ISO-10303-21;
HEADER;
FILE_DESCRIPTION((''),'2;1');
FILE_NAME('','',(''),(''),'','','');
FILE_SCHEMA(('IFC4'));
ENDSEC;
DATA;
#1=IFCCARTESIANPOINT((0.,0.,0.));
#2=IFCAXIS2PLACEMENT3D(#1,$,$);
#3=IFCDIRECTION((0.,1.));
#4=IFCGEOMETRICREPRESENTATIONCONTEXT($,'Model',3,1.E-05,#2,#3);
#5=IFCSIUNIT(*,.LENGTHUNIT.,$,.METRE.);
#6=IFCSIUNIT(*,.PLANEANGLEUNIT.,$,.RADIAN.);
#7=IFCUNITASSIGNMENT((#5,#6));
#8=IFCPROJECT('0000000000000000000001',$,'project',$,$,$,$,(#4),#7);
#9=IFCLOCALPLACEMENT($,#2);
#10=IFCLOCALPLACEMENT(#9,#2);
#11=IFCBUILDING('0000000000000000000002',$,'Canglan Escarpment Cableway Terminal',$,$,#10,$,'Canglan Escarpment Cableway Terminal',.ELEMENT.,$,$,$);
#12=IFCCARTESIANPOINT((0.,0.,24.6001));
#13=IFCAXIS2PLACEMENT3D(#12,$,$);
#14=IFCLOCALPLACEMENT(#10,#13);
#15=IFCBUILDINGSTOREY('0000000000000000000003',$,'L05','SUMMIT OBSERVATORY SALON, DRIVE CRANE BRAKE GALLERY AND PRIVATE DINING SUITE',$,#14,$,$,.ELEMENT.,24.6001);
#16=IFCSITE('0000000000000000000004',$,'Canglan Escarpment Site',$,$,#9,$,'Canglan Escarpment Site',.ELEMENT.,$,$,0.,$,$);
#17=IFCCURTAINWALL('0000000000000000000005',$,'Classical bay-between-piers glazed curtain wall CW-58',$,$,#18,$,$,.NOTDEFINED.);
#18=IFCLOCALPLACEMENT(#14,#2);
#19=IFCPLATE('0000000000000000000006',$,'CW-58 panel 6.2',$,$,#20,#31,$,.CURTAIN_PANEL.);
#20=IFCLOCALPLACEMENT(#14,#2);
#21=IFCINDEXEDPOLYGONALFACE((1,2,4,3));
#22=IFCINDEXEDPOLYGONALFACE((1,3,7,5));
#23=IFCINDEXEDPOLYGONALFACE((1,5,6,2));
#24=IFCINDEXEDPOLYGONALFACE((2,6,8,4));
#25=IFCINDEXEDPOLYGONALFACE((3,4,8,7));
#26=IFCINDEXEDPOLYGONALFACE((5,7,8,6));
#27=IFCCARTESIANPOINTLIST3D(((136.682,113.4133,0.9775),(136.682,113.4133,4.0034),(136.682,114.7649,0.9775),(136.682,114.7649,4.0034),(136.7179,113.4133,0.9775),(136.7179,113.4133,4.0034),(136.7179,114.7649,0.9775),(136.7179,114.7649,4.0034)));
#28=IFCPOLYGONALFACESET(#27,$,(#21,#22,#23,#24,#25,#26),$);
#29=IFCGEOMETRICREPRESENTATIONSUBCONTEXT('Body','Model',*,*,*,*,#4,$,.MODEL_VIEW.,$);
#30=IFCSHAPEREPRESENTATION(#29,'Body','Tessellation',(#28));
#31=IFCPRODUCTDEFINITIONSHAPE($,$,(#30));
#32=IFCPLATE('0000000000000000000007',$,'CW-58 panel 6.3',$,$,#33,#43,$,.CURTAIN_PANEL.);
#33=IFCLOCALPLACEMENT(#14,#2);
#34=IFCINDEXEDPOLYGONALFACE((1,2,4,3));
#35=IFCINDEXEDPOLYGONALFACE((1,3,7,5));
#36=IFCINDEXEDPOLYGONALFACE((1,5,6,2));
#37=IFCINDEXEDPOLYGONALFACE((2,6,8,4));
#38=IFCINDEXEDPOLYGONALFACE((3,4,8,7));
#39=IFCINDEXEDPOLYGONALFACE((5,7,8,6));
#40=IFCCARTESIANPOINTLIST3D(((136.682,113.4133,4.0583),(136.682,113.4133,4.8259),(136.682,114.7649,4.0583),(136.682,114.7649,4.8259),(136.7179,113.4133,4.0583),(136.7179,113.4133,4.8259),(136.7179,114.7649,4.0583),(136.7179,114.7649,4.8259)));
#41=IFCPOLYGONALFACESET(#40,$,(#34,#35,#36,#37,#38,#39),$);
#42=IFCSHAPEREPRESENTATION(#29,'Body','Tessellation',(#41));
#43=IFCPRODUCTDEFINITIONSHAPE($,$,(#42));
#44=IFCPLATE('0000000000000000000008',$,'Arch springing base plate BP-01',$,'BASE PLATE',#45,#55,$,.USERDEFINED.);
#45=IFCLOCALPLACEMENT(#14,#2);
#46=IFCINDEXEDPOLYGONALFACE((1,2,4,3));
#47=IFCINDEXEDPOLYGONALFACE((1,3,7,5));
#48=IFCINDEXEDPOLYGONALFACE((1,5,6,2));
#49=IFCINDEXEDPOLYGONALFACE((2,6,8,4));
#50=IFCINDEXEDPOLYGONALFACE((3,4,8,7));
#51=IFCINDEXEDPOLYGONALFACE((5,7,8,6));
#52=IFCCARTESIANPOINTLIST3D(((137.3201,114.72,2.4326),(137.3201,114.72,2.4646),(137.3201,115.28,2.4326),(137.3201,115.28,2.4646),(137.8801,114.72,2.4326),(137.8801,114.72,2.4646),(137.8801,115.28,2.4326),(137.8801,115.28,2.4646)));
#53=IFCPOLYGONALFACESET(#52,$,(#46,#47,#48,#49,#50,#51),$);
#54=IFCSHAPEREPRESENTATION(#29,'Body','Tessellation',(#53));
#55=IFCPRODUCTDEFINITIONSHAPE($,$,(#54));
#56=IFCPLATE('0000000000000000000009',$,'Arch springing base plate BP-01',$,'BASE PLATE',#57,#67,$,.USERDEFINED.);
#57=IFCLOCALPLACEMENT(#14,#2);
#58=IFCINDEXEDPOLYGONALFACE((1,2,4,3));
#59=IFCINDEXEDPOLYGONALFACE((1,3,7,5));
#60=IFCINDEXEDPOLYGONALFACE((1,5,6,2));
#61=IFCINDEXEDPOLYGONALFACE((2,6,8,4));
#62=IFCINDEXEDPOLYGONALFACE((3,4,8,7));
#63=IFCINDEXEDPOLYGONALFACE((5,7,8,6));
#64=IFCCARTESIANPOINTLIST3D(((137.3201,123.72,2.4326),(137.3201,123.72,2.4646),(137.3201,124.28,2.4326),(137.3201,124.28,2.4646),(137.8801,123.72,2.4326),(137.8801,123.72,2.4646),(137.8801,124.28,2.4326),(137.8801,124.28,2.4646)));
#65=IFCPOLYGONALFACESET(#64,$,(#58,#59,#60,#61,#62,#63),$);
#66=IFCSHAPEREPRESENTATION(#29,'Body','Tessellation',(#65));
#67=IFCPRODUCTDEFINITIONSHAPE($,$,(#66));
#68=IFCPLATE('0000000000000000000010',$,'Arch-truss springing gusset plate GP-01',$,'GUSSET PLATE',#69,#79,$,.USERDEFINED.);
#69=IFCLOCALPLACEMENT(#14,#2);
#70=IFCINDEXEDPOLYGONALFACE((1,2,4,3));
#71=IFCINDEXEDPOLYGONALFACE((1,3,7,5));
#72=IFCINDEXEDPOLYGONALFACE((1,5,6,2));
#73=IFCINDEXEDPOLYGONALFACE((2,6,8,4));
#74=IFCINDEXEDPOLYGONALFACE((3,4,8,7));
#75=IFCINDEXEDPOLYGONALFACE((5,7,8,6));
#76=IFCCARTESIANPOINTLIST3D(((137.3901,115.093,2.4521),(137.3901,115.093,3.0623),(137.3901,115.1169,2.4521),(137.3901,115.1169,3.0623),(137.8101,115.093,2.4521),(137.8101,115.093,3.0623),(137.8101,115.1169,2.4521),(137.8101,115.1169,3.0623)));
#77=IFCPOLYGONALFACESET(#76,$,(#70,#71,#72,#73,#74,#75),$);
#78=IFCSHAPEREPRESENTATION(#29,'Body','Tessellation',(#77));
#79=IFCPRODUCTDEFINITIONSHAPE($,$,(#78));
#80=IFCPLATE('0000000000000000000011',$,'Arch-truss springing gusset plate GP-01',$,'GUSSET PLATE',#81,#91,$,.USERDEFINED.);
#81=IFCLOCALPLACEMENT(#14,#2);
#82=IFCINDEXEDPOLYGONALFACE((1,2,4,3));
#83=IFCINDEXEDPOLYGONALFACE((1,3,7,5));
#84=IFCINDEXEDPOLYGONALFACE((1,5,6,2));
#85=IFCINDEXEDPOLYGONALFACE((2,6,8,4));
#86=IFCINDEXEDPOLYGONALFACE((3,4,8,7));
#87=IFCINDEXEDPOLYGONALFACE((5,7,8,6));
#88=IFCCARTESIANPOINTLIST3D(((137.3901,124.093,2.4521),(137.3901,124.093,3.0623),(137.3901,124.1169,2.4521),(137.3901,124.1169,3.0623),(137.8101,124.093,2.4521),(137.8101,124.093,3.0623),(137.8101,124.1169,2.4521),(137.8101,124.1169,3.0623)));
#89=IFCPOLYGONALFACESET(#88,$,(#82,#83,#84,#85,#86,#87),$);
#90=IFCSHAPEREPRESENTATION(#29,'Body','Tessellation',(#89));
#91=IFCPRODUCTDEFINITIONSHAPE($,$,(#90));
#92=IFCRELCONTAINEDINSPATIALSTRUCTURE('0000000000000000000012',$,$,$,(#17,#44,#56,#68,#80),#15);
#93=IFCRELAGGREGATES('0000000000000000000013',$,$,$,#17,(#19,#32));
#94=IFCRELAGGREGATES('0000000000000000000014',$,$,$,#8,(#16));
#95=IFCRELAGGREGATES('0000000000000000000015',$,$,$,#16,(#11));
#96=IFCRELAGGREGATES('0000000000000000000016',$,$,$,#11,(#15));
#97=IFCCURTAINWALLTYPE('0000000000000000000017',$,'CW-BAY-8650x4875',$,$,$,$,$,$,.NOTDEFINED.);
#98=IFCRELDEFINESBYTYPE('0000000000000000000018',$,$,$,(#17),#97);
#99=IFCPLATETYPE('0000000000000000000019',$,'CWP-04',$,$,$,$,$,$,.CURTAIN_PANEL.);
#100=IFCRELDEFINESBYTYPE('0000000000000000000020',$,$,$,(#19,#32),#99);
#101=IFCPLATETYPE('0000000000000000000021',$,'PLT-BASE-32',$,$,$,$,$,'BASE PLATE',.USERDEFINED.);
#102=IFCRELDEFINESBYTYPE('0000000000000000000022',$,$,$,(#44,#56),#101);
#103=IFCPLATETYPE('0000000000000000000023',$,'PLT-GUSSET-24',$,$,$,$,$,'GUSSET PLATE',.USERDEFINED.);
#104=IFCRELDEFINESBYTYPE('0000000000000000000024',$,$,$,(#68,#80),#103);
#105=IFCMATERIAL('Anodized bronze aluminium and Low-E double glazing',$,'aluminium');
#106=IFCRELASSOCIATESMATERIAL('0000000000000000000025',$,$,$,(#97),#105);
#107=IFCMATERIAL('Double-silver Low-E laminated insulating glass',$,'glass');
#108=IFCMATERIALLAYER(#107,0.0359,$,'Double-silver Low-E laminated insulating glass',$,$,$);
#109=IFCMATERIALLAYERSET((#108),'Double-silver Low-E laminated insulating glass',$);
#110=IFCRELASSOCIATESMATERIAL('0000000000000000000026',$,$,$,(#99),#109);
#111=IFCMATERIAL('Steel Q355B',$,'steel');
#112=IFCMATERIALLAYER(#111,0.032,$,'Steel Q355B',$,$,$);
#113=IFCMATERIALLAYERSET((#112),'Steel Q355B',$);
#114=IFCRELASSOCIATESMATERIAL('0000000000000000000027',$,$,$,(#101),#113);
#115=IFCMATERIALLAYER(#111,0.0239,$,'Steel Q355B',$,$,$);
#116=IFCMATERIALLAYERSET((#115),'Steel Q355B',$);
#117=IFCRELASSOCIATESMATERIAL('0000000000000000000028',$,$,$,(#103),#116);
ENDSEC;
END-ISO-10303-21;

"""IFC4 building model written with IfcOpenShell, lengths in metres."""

from ifc_helpers import new_model, si_unit, direction, frame, origin, origin_2d, place, context, subcontext, project, spatial, rectangle, extrude, material, layer, layer_set, type_object, element, aggregate, save


model = new_model("IFC4")

# Units and contexts
model_context = context("Model", 3, precision=1e-05, world=origin(), true_north=direction((0.0, 1.0)))
body_context = subcontext(model_context, "Body", "Model", "MODEL_VIEW")
ifc_project = project(units=[si_unit("LENGTHUNIT", "METRE"), si_unit("PLANEANGLEUNIT", "RADIAN")], contexts=[model_context])

# Site, building, storey
site_placement = place(None, origin())
site = spatial("IfcSite", under=ifc_project, at=site_placement, Name="Canglan Escarpment Site", LongName="Canglan Escarpment Site", CompositionType="ELEMENT", RefElevation=0.0)
building_placement = place(site_placement, origin())
building = spatial("IfcBuilding", under=site, at=building_placement, Name="Canglan Escarpment Cableway Terminal", LongName="Canglan Escarpment Cableway Terminal", CompositionType="ELEMENT")
storey_placement = place(building_placement, frame((0.0, 0.0, 24.6001)))
storey = spatial("IfcBuildingStorey", under=building, at=storey_placement, Name="L05", Description="SUMMIT OBSERVATORY SALON, DRIVE CRANE BRAKE GALLERY AND PRIVATE DINING SUITE", CompositionType="ELEMENT", Elevation=24.6001)

# Shared definitions
ifc_material_1 = material(Name="Steel Q355B", Category="steel")

# Curtain wall
ifc_material_2 = material(Name="Anodized bronze aluminium and Low-E double glazing", Category="aluminium")
curtain_wall_type = type_object("IfcCurtainWallType", Name="CW-BAY-8650x4875", PredefinedType="NOTDEFINED", material=ifc_material_2)
curtain_wall_placement = place(storey_placement, origin())
curtain_wall = element("IfcCurtainWall", 1, at=curtain_wall_placement, inside=storey, type_object=curtain_wall_type, Name="Classical bay-between-piers glazed curtain wall CW-58", PredefinedType="NOTDEFINED")

# Plates
ifc_material_3 = material(Name="Double-silver Low-E laminated insulating glass", Category="glass")
ifc_layer_1 = layer(ifc_material_3, 0.0359, Name="Double-silver Low-E laminated insulating glass")
ifc_layer_set_1 = layer_set([ifc_layer_1], Name="Double-silver Low-E laminated insulating glass")
plate_type_1 = type_object("IfcPlateType", Name="CWP-04", PredefinedType="CURTAIN_PANEL", material=ifc_layer_set_1)
plate_1_placement = place(storey_placement, frame((136.7, 114.0891, 0.9775), z_axis=(0.0, 0.0, 1.0), x_axis=(0.0, 1.0, 0.0)))
plate_1 = element("IfcPlate", 2, at=plate_1_placement, type_object=plate_type_1, Name="CW-58 panel 6.2", PredefinedType="CURTAIN_PANEL", context=body_context, shape_type="SweptSolid", body=[
    extrude(rectangle(XDim=1.3516, YDim=0.0359, at=origin_2d()), origin(), (0.0, 0.0, 1.0), 3.0259),
])
plate_2_placement = place(storey_placement, frame((136.7, 114.0891, 4.0583), z_axis=(0.0, 0.0, 1.0), x_axis=(0.0, 1.0, 0.0)))
plate_2 = element("IfcPlate", 3, at=plate_2_placement, type_object=plate_type_1, Name="CW-58 panel 6.3", PredefinedType="CURTAIN_PANEL", context=body_context, shape_type="SweptSolid", body=[
    extrude(rectangle(XDim=1.3516, YDim=0.0359, at=origin_2d()), origin(), (0.0, 0.0, 1.0), 0.7676),
])
aggregate(curtain_wall, [plate_1, plate_2])

# Plates
ifc_layer_2 = layer(ifc_material_1, 0.032, Name="Steel Q355B")
ifc_layer_set_2 = layer_set([ifc_layer_2], Name="Steel Q355B")
plate_type_2 = type_object("IfcPlateType", Name="PLT-BASE-32", ElementType="BASE PLATE", PredefinedType="USERDEFINED", material=ifc_layer_set_2)
for number, where, z_axis, x_axis, name in (
    (4, (137.6001, 115.0, 2.4326), (0.0, 0.0, 1.0), (1.0, 0.0, 0.0), "Arch springing base plate BP-01"),
    (5, (137.6001, 124.0, 2.4326), (0.0, 0.0, 1.0), (1.0, 0.0, 0.0), "Arch springing base plate BP-01"),
):
    element("IfcPlate", number, at=place(storey_placement, frame(where, z_axis=z_axis, x_axis=x_axis)), inside=storey, type_object=plate_type_2, Name=name, ObjectType="BASE PLATE", PredefinedType="USERDEFINED", context=body_context, shape_type="SweptSolid", body=[
        extrude(rectangle(XDim=0.5601, YDim=0.5601, at=origin_2d()), origin(), (0.0, 0.0, 1.0), 0.032),
    ])
ifc_layer_3 = layer(ifc_material_1, 0.0239, Name="Steel Q355B")
ifc_layer_set_3 = layer_set([ifc_layer_3], Name="Steel Q355B")
plate_type_3 = type_object("IfcPlateType", Name="PLT-GUSSET-24", ElementType="GUSSET PLATE", PredefinedType="USERDEFINED", material=ifc_layer_set_3)
for number, where, z_axis, x_axis, name in (
    (6, (137.6001, 115.105, 2.4521), (0.0, 0.0, 1.0), (1.0, 0.0, 0.0), "Arch-truss springing gusset plate GP-01"),
    (7, (137.6001, 124.105, 2.4521), (0.0, 0.0, 1.0), (1.0, 0.0, 0.0), "Arch-truss springing gusset plate GP-01"),
):
    element("IfcPlate", number, at=place(storey_placement, frame(where, z_axis=z_axis, x_axis=x_axis)), inside=storey, type_object=plate_type_3, Name=name, ObjectType="GUSSET PLATE", PredefinedType="USERDEFINED", context=body_context, shape_type="SweptSolid", body=[
        extrude(rectangle(XDim=0.4199, YDim=0.0239, at=origin_2d()), origin(), (0.0, 0.0, 1.0), 0.6101),
    ])

save(model, "model.ifc")
